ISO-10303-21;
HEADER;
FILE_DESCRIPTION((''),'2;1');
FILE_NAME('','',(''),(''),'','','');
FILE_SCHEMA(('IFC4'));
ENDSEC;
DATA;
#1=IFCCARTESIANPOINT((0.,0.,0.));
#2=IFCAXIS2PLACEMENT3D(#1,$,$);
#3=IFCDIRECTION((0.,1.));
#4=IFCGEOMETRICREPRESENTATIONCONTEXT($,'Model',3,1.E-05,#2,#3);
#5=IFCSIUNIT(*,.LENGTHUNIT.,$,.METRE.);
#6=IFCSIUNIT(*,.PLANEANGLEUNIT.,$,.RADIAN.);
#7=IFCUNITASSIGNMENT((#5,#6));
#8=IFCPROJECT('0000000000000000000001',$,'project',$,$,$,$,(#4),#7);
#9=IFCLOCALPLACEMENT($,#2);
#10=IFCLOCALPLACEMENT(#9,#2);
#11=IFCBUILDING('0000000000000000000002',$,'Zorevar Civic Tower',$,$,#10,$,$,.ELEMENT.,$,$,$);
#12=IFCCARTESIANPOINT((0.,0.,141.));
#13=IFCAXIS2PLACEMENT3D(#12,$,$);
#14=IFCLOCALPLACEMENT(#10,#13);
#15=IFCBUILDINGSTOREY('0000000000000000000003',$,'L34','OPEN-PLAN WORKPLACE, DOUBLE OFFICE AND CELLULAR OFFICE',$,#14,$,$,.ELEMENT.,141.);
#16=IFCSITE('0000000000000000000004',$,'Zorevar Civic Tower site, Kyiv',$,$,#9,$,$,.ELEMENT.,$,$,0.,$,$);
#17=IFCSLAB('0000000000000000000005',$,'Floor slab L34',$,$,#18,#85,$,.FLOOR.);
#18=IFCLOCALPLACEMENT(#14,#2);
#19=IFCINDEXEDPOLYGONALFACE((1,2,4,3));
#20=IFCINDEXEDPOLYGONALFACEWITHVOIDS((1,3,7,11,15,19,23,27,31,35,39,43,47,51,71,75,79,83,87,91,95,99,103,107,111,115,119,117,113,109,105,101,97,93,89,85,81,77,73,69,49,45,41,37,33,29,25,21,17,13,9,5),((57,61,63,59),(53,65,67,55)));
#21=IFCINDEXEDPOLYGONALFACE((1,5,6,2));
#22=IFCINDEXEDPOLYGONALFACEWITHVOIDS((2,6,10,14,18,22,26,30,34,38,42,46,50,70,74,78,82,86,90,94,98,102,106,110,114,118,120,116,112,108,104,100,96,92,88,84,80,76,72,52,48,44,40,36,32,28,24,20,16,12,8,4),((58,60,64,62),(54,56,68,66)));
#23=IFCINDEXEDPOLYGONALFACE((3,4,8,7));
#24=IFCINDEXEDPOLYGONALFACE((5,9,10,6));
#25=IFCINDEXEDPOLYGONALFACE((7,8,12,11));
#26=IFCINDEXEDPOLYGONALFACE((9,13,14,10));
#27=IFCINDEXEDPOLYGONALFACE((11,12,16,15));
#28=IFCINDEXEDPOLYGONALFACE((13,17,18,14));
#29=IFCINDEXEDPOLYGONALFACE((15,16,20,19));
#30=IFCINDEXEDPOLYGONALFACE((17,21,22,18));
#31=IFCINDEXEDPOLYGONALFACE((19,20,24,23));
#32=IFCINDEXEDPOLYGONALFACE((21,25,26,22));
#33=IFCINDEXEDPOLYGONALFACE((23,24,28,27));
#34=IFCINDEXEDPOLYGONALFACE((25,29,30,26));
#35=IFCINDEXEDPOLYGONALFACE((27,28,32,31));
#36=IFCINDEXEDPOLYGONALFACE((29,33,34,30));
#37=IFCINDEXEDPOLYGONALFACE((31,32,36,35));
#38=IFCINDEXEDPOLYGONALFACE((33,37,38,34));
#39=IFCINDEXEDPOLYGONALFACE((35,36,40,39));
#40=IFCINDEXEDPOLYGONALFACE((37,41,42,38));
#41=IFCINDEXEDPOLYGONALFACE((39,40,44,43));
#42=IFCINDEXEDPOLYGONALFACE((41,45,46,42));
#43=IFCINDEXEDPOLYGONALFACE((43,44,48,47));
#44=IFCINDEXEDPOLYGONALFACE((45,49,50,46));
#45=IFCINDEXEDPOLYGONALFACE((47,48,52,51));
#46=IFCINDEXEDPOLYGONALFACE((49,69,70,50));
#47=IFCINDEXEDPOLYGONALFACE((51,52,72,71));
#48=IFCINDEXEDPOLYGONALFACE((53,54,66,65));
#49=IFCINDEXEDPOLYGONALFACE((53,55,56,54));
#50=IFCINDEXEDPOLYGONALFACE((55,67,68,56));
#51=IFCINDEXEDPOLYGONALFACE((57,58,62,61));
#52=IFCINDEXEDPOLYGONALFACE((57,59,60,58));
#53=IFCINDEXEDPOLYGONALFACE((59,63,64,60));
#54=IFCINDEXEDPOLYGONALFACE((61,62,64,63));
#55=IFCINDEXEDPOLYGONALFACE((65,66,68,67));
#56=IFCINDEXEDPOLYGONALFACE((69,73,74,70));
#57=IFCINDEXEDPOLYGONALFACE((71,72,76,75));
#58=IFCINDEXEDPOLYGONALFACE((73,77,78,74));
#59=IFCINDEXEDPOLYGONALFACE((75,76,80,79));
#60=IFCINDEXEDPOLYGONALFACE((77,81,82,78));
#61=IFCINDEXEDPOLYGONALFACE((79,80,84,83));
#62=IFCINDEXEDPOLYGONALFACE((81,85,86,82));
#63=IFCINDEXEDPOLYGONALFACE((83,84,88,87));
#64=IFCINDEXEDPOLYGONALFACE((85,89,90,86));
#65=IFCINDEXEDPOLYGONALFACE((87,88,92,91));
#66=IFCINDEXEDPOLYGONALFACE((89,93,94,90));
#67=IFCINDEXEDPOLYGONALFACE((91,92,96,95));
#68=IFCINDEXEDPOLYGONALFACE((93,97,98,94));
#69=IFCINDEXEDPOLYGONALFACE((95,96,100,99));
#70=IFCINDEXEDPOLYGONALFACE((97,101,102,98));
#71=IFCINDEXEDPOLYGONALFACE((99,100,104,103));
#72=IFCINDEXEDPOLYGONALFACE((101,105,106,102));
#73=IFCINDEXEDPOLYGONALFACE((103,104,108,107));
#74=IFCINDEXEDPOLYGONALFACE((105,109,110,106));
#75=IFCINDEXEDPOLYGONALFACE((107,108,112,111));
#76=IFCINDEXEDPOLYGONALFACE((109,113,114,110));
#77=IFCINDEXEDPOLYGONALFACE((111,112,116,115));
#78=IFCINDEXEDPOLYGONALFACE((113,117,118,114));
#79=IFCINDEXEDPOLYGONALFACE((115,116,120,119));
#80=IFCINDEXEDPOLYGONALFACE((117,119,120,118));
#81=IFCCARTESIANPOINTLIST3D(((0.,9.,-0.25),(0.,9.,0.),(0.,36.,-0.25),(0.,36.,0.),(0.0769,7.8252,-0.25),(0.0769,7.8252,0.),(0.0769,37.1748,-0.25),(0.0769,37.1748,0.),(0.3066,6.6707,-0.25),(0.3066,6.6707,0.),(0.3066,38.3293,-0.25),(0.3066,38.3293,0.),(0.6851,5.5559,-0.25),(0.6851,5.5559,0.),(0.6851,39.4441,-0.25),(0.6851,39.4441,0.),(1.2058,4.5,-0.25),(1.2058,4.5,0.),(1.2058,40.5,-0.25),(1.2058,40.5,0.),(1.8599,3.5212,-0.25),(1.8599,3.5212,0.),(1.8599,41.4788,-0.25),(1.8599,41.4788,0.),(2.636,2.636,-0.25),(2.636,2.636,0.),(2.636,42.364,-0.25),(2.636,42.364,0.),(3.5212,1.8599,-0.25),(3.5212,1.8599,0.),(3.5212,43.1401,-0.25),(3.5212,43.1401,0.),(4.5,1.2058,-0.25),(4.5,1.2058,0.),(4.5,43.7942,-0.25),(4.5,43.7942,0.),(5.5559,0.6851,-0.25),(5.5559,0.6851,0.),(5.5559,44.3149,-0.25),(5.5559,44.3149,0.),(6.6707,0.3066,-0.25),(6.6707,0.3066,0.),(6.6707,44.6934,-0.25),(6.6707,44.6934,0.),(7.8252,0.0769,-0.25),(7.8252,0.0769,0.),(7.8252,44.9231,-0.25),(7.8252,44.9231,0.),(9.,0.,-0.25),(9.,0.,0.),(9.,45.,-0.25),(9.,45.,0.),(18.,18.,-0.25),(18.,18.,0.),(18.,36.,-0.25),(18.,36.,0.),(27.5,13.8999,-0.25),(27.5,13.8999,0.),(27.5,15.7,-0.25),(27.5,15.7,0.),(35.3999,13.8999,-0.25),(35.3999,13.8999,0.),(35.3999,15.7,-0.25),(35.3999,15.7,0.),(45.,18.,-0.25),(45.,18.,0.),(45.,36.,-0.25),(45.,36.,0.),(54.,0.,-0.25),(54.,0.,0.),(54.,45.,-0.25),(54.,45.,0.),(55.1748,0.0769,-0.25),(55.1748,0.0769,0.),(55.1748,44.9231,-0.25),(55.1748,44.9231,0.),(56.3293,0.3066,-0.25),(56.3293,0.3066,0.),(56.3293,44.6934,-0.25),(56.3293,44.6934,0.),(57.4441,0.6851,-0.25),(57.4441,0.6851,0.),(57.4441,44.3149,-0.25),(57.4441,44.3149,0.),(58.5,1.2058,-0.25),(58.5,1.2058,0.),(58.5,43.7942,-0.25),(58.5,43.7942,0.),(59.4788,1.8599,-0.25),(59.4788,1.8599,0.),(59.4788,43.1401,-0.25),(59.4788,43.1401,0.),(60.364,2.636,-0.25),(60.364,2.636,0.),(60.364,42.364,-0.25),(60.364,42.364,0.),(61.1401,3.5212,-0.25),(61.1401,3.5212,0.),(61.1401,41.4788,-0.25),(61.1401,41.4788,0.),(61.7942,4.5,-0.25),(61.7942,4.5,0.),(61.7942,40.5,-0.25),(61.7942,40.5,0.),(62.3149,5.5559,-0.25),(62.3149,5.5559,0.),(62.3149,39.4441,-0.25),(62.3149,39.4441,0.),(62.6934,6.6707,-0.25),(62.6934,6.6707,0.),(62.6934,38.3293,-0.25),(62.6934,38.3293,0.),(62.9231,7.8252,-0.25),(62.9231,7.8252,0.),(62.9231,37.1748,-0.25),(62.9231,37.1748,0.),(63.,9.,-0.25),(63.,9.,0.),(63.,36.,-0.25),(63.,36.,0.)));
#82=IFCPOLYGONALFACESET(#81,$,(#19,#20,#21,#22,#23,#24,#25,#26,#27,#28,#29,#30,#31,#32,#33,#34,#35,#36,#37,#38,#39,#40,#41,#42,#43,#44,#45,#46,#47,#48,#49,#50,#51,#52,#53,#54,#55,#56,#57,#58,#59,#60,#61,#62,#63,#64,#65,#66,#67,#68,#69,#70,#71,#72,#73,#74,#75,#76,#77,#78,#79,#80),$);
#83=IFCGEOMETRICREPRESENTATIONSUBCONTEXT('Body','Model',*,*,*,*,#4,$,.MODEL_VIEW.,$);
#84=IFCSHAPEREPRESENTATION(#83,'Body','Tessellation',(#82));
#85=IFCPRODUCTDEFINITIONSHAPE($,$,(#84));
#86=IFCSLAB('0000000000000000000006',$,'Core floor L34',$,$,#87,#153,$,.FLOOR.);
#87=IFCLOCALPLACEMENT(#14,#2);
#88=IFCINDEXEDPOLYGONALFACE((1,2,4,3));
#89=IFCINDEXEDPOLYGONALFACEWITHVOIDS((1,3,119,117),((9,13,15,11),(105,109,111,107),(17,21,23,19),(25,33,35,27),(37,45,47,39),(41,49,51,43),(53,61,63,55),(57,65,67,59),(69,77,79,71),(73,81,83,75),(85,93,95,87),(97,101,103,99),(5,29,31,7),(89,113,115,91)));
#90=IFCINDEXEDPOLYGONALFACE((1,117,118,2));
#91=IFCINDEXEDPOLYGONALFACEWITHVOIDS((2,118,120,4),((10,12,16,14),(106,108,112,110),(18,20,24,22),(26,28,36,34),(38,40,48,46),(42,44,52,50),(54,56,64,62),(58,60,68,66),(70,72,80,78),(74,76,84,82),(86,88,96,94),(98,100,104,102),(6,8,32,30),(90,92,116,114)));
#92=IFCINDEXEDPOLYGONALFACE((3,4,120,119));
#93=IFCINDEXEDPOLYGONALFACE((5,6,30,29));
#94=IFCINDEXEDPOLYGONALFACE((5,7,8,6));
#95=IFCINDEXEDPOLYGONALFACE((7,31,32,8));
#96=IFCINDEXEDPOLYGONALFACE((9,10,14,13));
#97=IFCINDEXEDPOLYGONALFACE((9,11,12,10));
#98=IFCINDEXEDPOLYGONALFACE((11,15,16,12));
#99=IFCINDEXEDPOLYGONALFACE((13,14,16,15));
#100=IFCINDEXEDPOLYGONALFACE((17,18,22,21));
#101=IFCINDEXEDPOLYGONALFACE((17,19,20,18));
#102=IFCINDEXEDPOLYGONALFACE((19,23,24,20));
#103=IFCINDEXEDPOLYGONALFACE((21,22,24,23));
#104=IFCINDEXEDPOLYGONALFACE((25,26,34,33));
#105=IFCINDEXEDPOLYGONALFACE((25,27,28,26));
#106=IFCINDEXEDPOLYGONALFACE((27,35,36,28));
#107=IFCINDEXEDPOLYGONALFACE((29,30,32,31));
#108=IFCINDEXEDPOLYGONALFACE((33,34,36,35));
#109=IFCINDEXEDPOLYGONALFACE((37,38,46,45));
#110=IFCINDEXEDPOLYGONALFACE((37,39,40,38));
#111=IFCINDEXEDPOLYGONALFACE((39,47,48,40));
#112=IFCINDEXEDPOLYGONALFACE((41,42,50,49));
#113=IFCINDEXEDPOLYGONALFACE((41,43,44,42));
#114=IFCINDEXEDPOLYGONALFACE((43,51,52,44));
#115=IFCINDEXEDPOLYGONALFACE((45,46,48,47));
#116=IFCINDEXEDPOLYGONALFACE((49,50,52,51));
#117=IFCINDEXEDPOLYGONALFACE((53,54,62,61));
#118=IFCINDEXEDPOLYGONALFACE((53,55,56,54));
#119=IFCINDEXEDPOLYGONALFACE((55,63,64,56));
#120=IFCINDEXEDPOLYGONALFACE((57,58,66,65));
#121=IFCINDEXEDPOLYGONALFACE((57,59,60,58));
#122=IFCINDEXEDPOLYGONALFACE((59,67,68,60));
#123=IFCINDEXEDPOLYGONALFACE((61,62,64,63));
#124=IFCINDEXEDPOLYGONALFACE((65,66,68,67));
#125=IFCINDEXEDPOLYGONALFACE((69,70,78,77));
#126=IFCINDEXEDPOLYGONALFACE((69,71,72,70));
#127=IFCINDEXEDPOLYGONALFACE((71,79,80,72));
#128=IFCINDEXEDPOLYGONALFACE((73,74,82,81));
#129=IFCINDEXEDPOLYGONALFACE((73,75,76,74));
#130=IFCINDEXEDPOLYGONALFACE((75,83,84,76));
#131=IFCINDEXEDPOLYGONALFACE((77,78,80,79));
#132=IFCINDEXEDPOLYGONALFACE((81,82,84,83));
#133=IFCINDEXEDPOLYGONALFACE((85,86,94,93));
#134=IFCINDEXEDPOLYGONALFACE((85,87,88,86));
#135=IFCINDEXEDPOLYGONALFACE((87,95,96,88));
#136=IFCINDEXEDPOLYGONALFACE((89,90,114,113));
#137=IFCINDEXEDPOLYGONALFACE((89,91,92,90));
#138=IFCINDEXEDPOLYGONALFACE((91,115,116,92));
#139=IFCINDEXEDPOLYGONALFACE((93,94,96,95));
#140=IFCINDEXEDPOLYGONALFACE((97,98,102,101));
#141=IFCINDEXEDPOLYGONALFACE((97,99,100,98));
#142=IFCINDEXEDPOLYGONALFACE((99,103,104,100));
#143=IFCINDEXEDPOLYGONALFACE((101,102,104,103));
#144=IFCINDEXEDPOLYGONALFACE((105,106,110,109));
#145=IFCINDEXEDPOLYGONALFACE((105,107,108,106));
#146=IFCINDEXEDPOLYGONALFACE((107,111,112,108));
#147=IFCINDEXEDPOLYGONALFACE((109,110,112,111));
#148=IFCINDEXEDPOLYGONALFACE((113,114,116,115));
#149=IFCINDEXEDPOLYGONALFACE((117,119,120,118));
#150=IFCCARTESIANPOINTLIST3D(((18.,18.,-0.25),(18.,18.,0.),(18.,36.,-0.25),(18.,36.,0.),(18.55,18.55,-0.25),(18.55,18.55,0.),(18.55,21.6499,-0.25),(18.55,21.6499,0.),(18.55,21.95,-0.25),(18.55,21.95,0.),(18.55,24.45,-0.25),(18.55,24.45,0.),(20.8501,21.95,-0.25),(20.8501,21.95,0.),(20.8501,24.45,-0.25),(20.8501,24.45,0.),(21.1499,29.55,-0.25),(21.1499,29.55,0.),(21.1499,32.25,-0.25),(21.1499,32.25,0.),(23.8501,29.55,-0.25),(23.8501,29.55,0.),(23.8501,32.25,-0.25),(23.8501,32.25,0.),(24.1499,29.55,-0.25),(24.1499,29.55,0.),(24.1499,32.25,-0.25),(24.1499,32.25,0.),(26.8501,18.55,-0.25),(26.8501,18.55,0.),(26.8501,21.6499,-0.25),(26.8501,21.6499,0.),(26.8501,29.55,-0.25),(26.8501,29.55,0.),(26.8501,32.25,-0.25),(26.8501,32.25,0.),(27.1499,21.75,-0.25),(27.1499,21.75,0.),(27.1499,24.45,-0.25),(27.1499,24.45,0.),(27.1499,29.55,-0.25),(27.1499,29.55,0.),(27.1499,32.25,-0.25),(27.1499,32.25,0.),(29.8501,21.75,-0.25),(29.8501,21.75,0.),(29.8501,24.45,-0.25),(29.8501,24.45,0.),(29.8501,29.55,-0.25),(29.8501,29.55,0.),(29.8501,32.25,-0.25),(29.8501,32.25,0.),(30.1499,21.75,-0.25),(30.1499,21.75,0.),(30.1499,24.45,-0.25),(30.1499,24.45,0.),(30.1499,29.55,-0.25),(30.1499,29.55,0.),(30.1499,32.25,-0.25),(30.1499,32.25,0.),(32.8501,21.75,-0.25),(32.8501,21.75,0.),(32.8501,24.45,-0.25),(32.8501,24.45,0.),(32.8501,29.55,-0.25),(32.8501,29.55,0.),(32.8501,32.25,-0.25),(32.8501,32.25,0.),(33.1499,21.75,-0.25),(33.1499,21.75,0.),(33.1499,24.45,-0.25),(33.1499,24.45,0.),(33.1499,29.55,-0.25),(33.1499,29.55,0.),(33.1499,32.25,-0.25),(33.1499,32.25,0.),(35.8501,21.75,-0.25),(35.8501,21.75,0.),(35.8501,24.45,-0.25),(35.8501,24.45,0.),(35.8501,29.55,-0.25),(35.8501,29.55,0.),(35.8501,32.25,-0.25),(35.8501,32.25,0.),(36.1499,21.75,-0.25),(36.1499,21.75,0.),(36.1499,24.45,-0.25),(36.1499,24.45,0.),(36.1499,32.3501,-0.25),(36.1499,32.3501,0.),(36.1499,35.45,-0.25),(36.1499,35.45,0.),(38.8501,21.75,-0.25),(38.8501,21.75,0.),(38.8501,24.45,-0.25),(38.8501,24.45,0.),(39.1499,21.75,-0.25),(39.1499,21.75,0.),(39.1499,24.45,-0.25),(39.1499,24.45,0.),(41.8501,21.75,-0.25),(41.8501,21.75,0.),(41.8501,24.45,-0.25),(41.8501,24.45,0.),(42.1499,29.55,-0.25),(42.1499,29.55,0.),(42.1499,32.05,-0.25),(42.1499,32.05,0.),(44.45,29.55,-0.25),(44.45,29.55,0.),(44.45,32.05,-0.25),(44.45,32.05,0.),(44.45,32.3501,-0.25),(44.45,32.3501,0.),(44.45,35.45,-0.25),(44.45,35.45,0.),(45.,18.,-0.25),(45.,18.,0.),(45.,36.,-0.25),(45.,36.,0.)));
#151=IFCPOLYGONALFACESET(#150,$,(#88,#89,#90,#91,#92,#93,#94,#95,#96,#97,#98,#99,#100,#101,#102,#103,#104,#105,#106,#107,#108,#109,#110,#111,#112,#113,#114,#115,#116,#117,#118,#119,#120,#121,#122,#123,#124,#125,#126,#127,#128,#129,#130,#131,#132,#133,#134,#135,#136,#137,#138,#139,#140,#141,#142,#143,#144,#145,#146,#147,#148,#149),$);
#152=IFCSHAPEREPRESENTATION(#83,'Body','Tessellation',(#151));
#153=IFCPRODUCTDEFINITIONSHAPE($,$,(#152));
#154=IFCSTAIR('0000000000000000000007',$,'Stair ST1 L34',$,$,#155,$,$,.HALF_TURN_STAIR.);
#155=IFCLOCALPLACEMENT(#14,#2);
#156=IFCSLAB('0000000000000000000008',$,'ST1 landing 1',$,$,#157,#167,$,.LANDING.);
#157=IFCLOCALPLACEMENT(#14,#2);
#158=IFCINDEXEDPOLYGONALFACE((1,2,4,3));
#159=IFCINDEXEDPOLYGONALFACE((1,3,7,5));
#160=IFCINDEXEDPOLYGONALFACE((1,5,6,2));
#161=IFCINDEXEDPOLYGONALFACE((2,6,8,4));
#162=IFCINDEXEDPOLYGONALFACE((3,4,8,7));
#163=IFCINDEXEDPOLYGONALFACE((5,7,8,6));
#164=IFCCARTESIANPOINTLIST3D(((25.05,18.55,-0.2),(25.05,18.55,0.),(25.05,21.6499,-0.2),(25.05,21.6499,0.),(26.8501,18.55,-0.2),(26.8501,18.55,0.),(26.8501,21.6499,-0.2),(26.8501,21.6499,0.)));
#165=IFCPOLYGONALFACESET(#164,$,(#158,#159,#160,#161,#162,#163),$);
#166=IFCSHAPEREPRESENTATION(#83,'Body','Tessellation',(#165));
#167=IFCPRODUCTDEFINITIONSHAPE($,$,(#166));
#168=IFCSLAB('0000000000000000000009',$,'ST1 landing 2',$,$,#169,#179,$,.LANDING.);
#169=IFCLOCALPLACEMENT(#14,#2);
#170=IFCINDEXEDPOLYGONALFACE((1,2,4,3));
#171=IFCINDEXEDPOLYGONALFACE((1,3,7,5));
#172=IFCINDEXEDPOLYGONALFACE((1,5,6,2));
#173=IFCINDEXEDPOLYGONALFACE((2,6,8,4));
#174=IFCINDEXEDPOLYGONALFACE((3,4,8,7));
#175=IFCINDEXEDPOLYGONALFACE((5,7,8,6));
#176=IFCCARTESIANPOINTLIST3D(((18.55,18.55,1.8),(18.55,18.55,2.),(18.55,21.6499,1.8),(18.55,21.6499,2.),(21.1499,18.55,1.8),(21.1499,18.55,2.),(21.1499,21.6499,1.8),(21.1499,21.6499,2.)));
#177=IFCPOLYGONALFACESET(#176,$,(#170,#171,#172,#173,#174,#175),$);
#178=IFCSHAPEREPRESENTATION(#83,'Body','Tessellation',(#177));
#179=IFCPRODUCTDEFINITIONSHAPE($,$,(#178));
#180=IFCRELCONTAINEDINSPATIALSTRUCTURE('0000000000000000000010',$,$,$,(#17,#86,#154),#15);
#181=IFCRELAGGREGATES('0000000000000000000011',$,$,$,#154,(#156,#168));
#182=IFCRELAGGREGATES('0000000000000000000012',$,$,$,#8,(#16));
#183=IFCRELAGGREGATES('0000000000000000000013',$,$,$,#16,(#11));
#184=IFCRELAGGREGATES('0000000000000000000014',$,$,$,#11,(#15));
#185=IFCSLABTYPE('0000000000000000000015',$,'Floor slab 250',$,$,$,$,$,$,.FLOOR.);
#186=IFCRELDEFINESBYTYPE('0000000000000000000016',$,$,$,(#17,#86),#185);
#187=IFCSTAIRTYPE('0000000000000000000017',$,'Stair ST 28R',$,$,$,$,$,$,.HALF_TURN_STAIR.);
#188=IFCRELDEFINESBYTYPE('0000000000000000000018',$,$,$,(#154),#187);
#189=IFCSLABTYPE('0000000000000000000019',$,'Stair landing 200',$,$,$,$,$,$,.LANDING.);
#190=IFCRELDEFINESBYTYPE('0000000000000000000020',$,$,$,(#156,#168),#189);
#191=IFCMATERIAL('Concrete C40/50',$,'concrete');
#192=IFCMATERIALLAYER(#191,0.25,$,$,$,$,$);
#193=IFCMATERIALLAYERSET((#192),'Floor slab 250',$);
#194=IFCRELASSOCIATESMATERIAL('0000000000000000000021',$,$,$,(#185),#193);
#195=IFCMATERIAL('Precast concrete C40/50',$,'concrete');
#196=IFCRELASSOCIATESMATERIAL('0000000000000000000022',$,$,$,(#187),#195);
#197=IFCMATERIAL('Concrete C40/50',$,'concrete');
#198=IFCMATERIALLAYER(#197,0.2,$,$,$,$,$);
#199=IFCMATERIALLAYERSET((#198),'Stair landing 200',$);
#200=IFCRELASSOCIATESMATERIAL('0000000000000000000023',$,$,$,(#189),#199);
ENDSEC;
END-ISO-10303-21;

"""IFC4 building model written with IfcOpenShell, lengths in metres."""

from ifc_helpers import new_model, si_unit, direction, frame, origin, place, context, subcontext, project, spatial, polyline, outline, extrude, material, layer, layer_set, type_object, element, aggregate, save


model = new_model("IFC4")

# Units and contexts
model_context = context("Model", 3, precision=1e-05, world=origin(), true_north=direction((0.0, 1.0)))
body_context = subcontext(model_context, "Body", "Model", "MODEL_VIEW")
ifc_project = project(units=[si_unit("LENGTHUNIT", "METRE"), si_unit("PLANEANGLEUNIT", "RADIAN")], contexts=[model_context])

# Site, building, storey
site_placement = place(None, origin())
site = spatial("IfcSite", under=ifc_project, at=site_placement, Name="Zorevar Civic Tower site, Kyiv", CompositionType="ELEMENT", RefElevation=0.0)
building_placement = place(site_placement, origin())
building = spatial("IfcBuilding", under=site, at=building_placement, Name="Zorevar Civic Tower", CompositionType="ELEMENT")
storey_placement = place(building_placement, frame((0.0, 0.0, 141.0)))
storey = spatial("IfcBuildingStorey", under=building, at=storey_placement, Name="L34", Description="OPEN-PLAN WORKPLACE, DOUBLE OFFICE AND CELLULAR OFFICE", CompositionType="ELEMENT", Elevation=141.0)

# Slabs
ifc_material_1 = material(Name="Concrete C40/50", Category="concrete")
ifc_layer_1 = layer(ifc_material_1, 0.25)
ifc_layer_set_1 = layer_set([ifc_layer_1], Name="Floor slab 250")
slab_type_1 = type_object("IfcSlabType", Name="Floor slab 250", PredefinedType="FLOOR", material=ifc_layer_set_1)
slab_1_placement = place(storey_placement, frame((0.0, 0.0, -0.25)))
element("IfcSlab", 1, at=slab_1_placement, inside=storey, type_object=slab_type_1, Name="Floor slab L34", PredefinedType="FLOOR", context=body_context, shape_type="SweptSolid", body=[
    extrude(outline(polyline([(54.0, 0.0), (55.1748, 0.0769), (56.3293, 0.3066), (57.4441, 0.6851), (58.5, 1.2058), (59.4788, 1.8599), (60.364, 2.636), (61.1401, 3.5212), (61.7942, 4.5), (62.3149, 5.5559), (62.6934, 6.6707), (62.9231, 7.8252), (63.0, 9.0), (63.0, 36.0), (62.9231, 37.1748), (62.6934, 38.3293), (62.3149, 39.4441), (61.7942, 40.5), (61.1401, 41.4788), (60.364, 42.364), (59.4788, 43.1401), (58.5, 43.7942), (57.4441, 44.3149), (56.3293, 44.6934), (55.1748, 44.9231), (54.0, 45.0), (9.0, 45.0), (7.8252, 44.9231), (6.6707, 44.6934), (5.5559, 44.3149), (4.5, 43.7942), (3.5212, 43.1401), (2.636, 42.364), (1.8599, 41.4788), (1.2058, 40.5), (0.6851, 39.4441), (0.3066, 38.3293), (0.0769, 37.1748), (0.0, 36.0), (0.0, 9.0), (0.0769, 7.8252), (0.3066, 6.6707), (0.6851, 5.5559), (1.2058, 4.5), (1.8599, 3.5212), (2.636, 2.636), (3.5212, 1.8599), (4.5, 1.2058), (5.5559, 0.6851), (6.6707, 0.3066), (7.8252, 0.0769), (9.0, 0.0), (54.0, 0.0)]), holes=[polyline([(18.0, 18.0), (45.0, 18.0), (45.0, 36.0), (18.0, 36.0), (18.0, 18.0)]), polyline([(27.5, 13.8999), (35.3999, 13.8999), (35.3999, 15.7), (27.5, 15.7), (27.5, 13.8999)])]), origin(), (0.0, 0.0, 1.0), 0.25),
])
slab_2_placement = place(storey_placement, frame((0.0, 0.0, -0.25)))
element("IfcSlab", 2, at=slab_2_placement, inside=storey, type_object=slab_type_1, Name="Core floor L34", PredefinedType="FLOOR", context=body_context, shape_type="SweptSolid", body=[
    extrude(outline(polyline([(18.0, 18.0), (45.0, 18.0), (45.0, 36.0), (18.0, 36.0), (18.0, 18.0)]), holes=[polyline([(18.55, 18.55), (26.8501, 18.55), (26.8501, 21.6499), (18.55, 21.6499), (18.55, 18.55)]), polyline([(36.1499, 32.3501), (44.45, 32.3501), (44.45, 35.45), (36.1499, 35.45), (36.1499, 32.3501)]), polyline([(18.55, 21.95), (20.8501, 21.95), (20.8501, 24.45), (18.55, 24.45), (18.55, 21.95)]), polyline([(42.1499, 29.55), (44.45, 29.55), (44.45, 32.05), (42.1499, 32.05), (42.1499, 29.55)]), polyline([(27.1499, 21.75), (29.8501, 21.75), (29.8501, 24.45), (27.1499, 24.45), (27.1499, 21.75)]), polyline([(33.1499, 29.55), (35.8501, 29.55), (35.8501, 32.25), (33.1499, 32.25), (33.1499, 29.55)]), polyline([(30.1499, 21.75), (32.8501, 21.75), (32.8501, 24.45), (30.1499, 24.45), (30.1499, 21.75)]), polyline([(30.1499, 29.55), (32.8501, 29.55), (32.8501, 32.25), (30.1499, 32.25), (30.1499, 29.55)]), polyline([(33.1499, 21.75), (35.8501, 21.75), (35.8501, 24.45), (33.1499, 24.45), (33.1499, 21.75)]), polyline([(27.1499, 29.55), (29.8501, 29.55), (29.8501, 32.25), (27.1499, 32.25), (27.1499, 29.55)]), polyline([(36.1499, 21.75), (38.8501, 21.75), (38.8501, 24.45), (36.1499, 24.45), (36.1499, 21.75)]), polyline([(24.1499, 29.55), (26.8501, 29.55), (26.8501, 32.25), (24.1499, 32.25), (24.1499, 29.55)]), polyline([(39.1499, 21.75), (41.8501, 21.75), (41.8501, 24.45), (39.1499, 24.45), (39.1499, 21.75)]), polyline([(21.1499, 29.55), (23.8501, 29.55), (23.8501, 32.25), (21.1499, 32.25), (21.1499, 29.55)])]), origin(), (0.0, 0.0, 1.0), 0.25),
])

# Stair, slabs
ifc_material_2 = material(Name="Precast concrete C40/50", Category="concrete")
stair_type = type_object("IfcStairType", Name="Stair ST 28R", PredefinedType="HALF_TURN_STAIR", material=ifc_material_2)
stair_1_placement = place(storey_placement, origin())
stair_1 = element("IfcStair", 3, at=stair_1_placement, inside=storey, type_object=stair_type, Name="Stair ST1 L34", PredefinedType="HALF_TURN_STAIR")
ifc_material_3 = material(Name="Concrete C40/50", Category="concrete")
ifc_layer_2 = layer(ifc_material_3, 0.2)
ifc_layer_set_2 = layer_set([ifc_layer_2], Name="Stair landing 200")
slab_type_2 = type_object("IfcSlabType", Name="Stair landing 200", PredefinedType="LANDING", material=ifc_layer_set_2)
slab_3_placement = place(storey_placement, frame((0.0, 0.0, -0.2)))
slab_3 = element("IfcSlab", 4, at=slab_3_placement, type_object=slab_type_2, Name="ST1 landing 1", PredefinedType="LANDING", context=body_context, shape_type="SweptSolid", body=[
    extrude(outline(polyline([(25.05, 18.55), (26.8501, 18.55), (26.8501, 21.6499), (25.05, 21.6499), (25.05, 18.55)])), origin(), (0.0, 0.0, 1.0), 0.2),
])
slab_4_placement = place(storey_placement, frame((0.0, 0.0, 1.8)))
slab_4 = element("IfcSlab", 5, at=slab_4_placement, type_object=slab_type_2, Name="ST1 landing 2", PredefinedType="LANDING", context=body_context, shape_type="SweptSolid", body=[
    extrude(outline(polyline([(18.55, 18.55), (21.1499, 18.55), (21.1499, 21.6499), (18.55, 21.6499), (18.55, 18.55)])), origin(), (0.0, 0.0, 1.0), 0.2),
])
aggregate(stair_1, [slab_3, slab_4])

save(model, "model.ifc")
